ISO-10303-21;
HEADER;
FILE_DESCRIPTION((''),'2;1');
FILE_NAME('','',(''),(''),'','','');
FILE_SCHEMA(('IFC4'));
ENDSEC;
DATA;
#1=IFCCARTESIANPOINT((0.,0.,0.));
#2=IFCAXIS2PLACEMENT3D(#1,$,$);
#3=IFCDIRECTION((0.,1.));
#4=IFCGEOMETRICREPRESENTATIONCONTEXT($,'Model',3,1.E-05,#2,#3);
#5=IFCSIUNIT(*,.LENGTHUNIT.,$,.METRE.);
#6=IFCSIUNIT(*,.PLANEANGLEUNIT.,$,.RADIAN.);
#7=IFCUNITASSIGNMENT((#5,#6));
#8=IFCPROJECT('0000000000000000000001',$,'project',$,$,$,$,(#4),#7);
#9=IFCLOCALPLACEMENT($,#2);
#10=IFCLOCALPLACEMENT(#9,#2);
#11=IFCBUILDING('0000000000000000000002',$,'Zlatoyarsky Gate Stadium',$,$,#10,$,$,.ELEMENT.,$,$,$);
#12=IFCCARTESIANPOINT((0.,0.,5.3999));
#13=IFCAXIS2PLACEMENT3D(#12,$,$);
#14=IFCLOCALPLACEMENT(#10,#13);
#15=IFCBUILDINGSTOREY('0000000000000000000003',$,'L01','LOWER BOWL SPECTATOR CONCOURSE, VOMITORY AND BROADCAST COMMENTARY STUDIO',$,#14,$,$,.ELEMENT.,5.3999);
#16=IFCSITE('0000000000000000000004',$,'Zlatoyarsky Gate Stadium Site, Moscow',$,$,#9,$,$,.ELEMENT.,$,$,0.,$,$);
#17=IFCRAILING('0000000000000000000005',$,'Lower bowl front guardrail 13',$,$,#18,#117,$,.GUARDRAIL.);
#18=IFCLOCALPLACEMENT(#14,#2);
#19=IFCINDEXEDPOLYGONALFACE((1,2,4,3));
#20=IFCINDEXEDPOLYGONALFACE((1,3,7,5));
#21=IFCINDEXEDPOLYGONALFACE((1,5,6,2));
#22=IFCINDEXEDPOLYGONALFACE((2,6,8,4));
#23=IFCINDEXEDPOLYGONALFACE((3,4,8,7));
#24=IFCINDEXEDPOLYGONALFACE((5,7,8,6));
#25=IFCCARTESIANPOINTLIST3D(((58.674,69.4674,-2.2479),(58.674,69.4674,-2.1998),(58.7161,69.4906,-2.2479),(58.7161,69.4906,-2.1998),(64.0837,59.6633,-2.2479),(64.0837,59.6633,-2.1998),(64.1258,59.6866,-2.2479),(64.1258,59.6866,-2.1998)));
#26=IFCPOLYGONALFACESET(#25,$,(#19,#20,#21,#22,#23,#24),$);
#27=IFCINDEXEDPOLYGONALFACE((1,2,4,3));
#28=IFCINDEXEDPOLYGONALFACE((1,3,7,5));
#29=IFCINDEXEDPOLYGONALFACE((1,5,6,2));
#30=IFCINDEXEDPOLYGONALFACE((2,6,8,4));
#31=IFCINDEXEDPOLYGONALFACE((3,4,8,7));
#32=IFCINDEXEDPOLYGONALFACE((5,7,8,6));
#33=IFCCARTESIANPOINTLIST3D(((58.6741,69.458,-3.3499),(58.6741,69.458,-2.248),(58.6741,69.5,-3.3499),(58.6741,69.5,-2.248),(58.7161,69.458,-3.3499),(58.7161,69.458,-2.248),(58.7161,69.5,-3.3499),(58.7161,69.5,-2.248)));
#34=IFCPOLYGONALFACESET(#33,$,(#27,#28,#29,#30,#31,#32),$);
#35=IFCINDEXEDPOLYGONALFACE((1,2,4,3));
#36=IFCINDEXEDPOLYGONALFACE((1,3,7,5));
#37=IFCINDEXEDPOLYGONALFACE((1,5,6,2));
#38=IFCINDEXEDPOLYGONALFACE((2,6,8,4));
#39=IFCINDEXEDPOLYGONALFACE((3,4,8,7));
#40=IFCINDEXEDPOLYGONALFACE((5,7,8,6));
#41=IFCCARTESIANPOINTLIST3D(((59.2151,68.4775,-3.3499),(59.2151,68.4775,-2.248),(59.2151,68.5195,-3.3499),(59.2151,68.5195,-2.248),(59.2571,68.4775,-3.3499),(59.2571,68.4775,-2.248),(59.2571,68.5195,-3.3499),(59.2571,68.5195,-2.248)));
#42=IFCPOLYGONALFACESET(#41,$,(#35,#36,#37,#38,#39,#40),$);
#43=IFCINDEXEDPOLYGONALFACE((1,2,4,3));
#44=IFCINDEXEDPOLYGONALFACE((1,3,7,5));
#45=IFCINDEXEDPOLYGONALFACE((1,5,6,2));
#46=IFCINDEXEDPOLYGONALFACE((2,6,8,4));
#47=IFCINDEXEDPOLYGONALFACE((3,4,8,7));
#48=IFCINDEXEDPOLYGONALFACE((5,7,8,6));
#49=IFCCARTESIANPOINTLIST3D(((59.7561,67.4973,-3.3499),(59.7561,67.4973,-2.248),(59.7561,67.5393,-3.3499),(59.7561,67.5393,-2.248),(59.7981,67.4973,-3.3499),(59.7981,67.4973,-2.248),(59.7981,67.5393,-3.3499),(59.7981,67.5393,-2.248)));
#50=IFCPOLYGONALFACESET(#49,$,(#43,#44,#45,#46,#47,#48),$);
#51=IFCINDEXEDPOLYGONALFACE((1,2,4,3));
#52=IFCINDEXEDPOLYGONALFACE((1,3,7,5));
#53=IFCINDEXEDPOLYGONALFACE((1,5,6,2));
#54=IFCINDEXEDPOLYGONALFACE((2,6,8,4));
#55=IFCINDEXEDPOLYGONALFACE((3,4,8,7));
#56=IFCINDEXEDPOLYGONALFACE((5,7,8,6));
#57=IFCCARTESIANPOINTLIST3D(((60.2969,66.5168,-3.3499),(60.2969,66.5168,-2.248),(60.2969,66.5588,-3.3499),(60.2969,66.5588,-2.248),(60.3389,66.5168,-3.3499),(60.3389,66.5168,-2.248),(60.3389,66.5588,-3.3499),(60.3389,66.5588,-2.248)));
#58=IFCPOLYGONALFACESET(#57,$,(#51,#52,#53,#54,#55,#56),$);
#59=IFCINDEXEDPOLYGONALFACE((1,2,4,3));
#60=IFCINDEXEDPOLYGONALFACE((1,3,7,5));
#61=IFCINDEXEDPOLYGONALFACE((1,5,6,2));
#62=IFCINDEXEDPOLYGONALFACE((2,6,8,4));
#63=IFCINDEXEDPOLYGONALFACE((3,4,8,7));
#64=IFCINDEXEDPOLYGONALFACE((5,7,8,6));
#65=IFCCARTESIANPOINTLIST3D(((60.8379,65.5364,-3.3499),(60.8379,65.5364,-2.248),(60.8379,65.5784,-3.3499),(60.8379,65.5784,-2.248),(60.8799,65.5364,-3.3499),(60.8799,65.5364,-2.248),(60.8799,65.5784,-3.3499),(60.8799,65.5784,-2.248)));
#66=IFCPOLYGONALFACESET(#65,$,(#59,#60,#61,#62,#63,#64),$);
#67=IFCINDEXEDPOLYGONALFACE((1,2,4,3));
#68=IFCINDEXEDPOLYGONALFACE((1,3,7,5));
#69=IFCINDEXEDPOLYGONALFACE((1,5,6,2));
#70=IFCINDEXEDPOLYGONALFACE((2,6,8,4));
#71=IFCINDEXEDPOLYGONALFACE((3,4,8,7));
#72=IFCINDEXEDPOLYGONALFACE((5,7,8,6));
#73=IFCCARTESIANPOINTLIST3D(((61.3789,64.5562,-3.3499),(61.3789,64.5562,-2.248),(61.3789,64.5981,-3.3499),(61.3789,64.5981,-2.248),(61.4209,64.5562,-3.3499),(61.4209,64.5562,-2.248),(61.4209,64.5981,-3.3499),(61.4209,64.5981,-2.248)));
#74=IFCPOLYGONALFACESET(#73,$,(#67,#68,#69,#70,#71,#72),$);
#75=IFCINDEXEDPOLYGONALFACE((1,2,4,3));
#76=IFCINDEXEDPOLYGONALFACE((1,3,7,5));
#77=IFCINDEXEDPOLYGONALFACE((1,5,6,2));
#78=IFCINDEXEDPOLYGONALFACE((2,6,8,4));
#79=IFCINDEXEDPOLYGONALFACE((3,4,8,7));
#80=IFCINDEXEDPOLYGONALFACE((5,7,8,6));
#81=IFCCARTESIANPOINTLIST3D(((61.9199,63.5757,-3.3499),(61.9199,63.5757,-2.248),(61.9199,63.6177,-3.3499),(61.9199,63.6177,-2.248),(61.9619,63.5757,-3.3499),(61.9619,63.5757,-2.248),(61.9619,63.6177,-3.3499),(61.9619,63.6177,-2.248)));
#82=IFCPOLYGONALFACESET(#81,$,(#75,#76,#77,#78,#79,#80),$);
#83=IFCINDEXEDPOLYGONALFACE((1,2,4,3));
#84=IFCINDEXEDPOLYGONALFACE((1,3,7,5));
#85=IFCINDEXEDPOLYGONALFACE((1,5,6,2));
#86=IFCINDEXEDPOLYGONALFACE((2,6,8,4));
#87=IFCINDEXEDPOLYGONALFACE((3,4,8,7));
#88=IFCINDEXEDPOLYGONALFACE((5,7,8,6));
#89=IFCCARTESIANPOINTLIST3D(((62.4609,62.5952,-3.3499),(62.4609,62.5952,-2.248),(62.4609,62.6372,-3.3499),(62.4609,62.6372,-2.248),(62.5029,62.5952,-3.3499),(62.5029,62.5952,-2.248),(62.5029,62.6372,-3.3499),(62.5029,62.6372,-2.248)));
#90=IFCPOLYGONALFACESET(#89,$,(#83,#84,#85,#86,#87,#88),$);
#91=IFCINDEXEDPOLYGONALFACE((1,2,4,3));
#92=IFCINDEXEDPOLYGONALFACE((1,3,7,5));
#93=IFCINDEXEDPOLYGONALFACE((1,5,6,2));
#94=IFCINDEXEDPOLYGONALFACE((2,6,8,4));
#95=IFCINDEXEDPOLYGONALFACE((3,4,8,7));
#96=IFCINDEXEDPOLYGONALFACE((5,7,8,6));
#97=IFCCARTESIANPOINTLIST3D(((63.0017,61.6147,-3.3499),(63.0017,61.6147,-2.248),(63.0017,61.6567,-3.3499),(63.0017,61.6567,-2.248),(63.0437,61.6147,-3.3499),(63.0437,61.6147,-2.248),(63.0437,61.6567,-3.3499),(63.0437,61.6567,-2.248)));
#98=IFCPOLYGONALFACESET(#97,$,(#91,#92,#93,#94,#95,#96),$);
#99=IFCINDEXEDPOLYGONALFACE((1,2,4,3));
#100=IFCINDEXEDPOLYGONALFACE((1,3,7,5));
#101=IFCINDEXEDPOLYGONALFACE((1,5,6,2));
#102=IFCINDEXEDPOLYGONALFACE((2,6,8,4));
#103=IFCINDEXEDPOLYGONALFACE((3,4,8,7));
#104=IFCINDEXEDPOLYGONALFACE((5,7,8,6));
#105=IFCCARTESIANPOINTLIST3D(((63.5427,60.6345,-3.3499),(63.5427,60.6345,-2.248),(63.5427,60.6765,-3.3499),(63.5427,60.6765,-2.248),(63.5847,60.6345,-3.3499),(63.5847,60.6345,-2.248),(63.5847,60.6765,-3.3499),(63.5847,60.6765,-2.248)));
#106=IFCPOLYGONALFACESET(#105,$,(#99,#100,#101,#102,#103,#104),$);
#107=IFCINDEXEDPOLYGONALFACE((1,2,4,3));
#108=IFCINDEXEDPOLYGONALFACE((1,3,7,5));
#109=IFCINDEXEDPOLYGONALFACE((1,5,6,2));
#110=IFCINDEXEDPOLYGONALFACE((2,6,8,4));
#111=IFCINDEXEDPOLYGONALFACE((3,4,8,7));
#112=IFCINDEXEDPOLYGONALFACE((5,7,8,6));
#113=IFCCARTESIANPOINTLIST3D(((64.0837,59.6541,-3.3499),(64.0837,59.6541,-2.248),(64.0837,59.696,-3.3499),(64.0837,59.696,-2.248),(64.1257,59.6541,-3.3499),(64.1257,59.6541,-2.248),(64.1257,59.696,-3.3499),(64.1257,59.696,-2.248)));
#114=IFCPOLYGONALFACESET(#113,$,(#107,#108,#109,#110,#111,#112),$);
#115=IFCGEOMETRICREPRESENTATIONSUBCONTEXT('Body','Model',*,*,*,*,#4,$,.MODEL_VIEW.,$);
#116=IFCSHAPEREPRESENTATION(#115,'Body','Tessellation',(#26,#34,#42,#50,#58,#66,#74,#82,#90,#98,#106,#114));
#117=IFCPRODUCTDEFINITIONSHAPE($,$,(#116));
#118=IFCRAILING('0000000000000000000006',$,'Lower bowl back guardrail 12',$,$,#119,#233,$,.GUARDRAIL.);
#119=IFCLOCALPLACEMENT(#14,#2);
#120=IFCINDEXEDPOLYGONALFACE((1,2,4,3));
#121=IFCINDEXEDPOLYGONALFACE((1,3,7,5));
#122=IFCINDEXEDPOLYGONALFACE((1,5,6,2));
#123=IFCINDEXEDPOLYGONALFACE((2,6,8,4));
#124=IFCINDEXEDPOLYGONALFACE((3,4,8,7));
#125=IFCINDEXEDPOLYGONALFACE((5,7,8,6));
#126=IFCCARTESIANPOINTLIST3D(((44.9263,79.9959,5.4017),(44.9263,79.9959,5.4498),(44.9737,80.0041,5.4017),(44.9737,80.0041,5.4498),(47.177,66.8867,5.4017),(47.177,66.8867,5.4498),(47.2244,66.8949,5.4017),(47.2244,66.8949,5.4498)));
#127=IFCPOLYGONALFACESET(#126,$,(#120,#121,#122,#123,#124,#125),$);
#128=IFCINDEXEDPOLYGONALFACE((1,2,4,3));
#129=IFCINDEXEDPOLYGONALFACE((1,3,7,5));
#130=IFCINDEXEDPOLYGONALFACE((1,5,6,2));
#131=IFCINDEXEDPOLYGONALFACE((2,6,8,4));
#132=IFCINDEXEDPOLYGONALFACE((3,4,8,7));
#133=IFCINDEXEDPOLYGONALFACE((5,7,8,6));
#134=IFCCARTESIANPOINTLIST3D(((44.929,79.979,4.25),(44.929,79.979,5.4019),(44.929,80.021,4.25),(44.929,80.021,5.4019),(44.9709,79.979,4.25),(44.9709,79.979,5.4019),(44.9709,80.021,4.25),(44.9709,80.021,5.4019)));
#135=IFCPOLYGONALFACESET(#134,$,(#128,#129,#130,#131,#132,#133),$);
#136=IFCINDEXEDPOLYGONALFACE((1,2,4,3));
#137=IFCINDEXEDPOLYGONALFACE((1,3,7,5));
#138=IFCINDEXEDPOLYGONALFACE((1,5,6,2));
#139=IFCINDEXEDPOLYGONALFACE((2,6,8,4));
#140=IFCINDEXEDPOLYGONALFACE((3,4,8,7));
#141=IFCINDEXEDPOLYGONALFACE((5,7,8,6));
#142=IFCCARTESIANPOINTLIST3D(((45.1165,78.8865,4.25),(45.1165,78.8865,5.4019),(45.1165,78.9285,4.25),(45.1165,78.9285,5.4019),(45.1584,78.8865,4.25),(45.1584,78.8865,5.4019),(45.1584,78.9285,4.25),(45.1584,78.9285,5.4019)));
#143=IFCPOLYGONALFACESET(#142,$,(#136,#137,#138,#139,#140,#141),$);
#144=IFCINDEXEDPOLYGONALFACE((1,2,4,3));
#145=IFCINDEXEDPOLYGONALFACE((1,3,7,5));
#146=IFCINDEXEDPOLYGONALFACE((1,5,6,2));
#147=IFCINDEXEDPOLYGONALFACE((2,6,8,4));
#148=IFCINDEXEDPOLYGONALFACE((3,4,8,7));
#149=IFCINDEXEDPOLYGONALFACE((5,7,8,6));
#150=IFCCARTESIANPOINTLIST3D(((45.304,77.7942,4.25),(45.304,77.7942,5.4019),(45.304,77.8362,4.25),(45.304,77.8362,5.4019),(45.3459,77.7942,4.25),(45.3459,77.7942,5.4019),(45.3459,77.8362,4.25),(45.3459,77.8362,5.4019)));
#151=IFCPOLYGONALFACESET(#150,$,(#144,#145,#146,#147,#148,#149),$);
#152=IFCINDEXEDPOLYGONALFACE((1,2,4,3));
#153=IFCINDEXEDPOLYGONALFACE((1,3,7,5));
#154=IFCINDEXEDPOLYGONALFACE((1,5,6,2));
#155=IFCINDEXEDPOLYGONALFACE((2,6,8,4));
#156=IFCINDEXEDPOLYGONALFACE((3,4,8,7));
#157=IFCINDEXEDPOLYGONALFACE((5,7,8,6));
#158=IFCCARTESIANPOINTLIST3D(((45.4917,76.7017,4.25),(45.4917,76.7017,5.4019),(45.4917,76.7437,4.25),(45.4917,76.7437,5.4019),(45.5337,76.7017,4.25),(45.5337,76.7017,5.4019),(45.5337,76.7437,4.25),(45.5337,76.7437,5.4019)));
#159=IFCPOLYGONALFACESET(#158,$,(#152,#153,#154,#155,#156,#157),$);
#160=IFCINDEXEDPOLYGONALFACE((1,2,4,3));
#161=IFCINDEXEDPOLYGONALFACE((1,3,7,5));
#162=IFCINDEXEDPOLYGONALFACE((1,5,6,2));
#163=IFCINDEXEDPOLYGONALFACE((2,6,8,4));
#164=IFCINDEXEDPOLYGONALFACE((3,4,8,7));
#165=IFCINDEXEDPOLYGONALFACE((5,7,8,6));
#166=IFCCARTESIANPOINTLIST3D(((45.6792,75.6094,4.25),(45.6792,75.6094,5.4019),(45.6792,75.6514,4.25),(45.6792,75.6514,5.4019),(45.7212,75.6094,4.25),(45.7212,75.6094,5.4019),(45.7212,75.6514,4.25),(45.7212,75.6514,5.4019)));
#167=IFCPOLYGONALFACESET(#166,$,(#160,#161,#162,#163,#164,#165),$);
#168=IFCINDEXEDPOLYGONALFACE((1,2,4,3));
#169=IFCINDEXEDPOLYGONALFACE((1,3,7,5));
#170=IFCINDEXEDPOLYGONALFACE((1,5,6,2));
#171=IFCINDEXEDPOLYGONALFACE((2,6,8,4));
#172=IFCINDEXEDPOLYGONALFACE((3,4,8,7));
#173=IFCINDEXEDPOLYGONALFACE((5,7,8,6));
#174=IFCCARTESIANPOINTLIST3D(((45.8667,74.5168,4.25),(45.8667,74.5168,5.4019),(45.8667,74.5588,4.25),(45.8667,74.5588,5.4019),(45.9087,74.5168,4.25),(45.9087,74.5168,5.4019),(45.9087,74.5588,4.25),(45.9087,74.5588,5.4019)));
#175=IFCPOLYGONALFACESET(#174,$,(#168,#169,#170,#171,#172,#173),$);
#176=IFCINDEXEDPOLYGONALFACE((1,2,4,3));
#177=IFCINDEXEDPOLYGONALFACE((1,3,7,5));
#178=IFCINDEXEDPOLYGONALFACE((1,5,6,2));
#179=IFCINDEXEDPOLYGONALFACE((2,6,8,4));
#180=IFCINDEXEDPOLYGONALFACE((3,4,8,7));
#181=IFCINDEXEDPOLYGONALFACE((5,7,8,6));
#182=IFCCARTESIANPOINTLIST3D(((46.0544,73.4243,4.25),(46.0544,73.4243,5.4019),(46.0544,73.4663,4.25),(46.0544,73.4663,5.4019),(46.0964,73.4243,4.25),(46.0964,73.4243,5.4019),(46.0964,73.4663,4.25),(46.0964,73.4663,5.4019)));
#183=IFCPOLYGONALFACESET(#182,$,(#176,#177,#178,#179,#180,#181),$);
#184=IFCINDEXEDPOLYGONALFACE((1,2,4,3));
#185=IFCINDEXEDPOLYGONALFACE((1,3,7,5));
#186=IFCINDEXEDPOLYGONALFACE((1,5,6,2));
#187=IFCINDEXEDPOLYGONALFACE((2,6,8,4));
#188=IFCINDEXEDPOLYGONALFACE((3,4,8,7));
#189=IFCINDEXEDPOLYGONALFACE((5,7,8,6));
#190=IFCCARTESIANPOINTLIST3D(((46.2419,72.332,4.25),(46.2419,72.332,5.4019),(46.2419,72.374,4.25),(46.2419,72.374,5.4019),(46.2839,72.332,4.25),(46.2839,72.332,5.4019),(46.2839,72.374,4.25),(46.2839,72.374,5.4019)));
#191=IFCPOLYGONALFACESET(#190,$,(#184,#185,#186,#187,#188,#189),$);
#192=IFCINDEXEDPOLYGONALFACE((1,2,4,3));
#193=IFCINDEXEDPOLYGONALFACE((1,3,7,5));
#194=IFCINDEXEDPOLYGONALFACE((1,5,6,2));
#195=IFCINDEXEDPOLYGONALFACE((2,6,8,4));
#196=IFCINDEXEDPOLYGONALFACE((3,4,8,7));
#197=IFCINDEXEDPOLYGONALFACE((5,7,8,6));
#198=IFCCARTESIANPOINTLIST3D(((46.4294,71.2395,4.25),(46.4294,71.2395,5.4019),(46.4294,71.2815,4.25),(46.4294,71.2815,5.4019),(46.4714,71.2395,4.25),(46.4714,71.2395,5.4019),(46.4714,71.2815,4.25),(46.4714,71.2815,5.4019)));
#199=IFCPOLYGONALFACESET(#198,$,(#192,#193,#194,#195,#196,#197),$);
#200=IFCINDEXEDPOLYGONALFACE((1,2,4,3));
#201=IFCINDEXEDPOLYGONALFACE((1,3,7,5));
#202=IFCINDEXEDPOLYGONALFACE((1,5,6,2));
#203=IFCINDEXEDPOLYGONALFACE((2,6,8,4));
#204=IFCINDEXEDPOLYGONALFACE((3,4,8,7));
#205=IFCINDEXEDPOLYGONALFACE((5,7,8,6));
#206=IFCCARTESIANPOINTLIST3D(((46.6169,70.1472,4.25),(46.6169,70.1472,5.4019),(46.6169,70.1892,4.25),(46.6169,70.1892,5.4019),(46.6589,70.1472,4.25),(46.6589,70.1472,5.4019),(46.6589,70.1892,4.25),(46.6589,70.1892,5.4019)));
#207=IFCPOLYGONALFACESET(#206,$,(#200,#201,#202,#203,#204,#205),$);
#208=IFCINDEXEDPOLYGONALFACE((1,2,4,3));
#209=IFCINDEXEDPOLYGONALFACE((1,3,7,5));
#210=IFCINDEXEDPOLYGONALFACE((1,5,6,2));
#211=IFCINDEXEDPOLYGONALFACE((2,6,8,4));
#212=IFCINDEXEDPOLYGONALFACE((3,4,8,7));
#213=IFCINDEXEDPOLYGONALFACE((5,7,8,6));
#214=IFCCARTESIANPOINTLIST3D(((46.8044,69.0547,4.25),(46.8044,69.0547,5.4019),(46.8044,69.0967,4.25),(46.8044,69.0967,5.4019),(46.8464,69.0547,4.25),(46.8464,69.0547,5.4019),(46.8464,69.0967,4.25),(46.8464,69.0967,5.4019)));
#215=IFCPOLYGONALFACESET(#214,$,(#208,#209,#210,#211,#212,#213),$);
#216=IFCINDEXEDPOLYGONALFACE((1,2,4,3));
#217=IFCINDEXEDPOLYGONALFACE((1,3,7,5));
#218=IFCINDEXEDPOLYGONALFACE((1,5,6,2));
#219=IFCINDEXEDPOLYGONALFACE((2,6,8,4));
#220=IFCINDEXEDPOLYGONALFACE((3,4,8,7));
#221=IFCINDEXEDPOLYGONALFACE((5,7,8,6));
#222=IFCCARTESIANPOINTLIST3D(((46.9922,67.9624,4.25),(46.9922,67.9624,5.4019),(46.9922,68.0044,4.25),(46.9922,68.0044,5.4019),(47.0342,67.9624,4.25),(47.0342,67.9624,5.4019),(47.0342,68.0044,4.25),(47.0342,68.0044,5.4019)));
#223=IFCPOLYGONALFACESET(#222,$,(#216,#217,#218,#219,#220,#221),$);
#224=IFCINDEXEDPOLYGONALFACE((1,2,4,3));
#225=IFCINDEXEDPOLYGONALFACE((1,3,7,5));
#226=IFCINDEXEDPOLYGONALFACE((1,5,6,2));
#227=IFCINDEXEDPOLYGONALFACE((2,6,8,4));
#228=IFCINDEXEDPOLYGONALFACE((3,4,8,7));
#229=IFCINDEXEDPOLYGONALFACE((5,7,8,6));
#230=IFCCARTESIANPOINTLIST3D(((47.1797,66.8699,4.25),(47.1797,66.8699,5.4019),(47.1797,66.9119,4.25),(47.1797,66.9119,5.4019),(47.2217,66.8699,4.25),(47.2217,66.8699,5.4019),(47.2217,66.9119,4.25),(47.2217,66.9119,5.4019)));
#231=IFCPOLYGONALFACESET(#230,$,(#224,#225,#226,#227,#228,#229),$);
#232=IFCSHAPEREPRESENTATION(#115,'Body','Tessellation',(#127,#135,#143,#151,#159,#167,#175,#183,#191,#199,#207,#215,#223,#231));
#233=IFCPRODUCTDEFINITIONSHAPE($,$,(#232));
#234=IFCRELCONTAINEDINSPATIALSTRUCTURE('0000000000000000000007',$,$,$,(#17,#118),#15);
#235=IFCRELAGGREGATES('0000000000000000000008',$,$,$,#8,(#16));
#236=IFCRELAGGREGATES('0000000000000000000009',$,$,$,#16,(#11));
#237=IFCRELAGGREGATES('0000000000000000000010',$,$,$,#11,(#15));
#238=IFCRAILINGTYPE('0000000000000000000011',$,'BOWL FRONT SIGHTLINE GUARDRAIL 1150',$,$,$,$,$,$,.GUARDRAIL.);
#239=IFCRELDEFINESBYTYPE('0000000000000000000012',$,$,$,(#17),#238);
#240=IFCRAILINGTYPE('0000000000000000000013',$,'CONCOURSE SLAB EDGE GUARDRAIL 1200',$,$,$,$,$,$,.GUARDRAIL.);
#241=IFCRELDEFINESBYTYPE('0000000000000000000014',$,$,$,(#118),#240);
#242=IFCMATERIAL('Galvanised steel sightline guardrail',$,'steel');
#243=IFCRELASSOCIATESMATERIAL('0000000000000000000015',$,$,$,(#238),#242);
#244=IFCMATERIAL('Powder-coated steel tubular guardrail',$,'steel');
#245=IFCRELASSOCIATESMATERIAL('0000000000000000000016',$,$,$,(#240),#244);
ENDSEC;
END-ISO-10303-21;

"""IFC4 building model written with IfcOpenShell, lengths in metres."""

from ifc_helpers import new_model, si_unit, direction, frame, origin, origin_2d, place, context, subcontext, project, spatial, rectangle, extrude, material, type_object, element, save


model = new_model("IFC4")

# Units and contexts
model_context = context("Model", 3, precision=1e-05, world=origin(), true_north=direction((0.0, 1.0)))
body_context = subcontext(model_context, "Body", "Model", "MODEL_VIEW")
ifc_project = project(units=[si_unit("LENGTHUNIT", "METRE"), si_unit("PLANEANGLEUNIT", "RADIAN")], contexts=[model_context])

# Site, building, storey
site_placement = place(None, origin())
site = spatial("IfcSite", under=ifc_project, at=site_placement, Name="Zlatoyarsky Gate Stadium Site, Moscow", CompositionType="ELEMENT", RefElevation=0.0)
building_placement = place(site_placement, origin())
building = spatial("IfcBuilding", under=site, at=building_placement, Name="Zlatoyarsky Gate Stadium", CompositionType="ELEMENT")
storey_placement = place(building_placement, frame((0.0, 0.0, 5.3999)))
storey = spatial("IfcBuildingStorey", under=building, at=storey_placement, Name="L01", Description="LOWER BOWL SPECTATOR CONCOURSE, VOMITORY AND BROADCAST COMMENTARY STUDIO", CompositionType="ELEMENT", Elevation=5.3999)

# Railings
ifc_material_1 = material(Name="Galvanised steel sightline guardrail", Category="steel")
railing_type_1 = type_object("IfcRailingType", Name="BOWL FRONT SIGHTLINE GUARDRAIL 1150", PredefinedType="GUARDRAIL", material=ifc_material_1)
railing_1_placement = place(storey_placement, frame((58.6951, 69.479, -3.3499)))
element("IfcRailing", 1, at=railing_1_placement, inside=storey, type_object=railing_type_1, Name="Lower bowl front guardrail 13", PredefinedType="GUARDRAIL", context=body_context, shape_type="SweptSolid", body=[
    extrude(rectangle(XDim=0.0481, YDim=0.0481, at=origin_2d()), frame((0.0, 0.0, 1.126), z_axis=(0.483118, -0.875555, 0.0), x_axis=(0.875555, 0.483118, 0.0)), (0.0, 0.0, 1.0), 11.1975),
    extrude(rectangle(XDim=0.042, YDim=0.042, at=origin_2d()), origin(), (0.0, 0.0, 1.0), 1.1018),
    extrude(rectangle(XDim=0.042, YDim=0.042, at=origin_2d()), frame((0.541, -0.9805, 0.0)), (0.0, 0.0, 1.0), 1.1018),
    extrude(rectangle(XDim=0.042, YDim=0.042, at=origin_2d()), frame((1.082, -1.9607, 0.0)), (0.0, 0.0, 1.0), 1.1018),
    extrude(rectangle(XDim=0.042, YDim=0.042, at=origin_2d()), frame((1.6228, -2.9412, 0.0)), (0.0, 0.0, 1.0), 1.1018),
    extrude(rectangle(XDim=0.042, YDim=0.042, at=origin_2d()), frame((2.1638, -3.9216, 0.0)), (0.0, 0.0, 1.0), 1.1018),
    extrude(rectangle(XDim=0.042, YDim=0.042, at=origin_2d()), frame((2.7048, -4.9019, 0.0)), (0.0, 0.0, 1.0), 1.1018),
    extrude(rectangle(XDim=0.042, YDim=0.042, at=origin_2d()), frame((3.2458, -5.8823, 0.0)), (0.0, 0.0, 1.0), 1.1018),
    extrude(rectangle(XDim=0.042, YDim=0.042, at=origin_2d()), frame((3.7869, -6.8628, 0.0)), (0.0, 0.0, 1.0), 1.1018),
    extrude(rectangle(XDim=0.042, YDim=0.042, at=origin_2d()), frame((4.3276, -7.8433, 0.0)), (0.0, 0.0, 1.0), 1.1018),
    extrude(rectangle(XDim=0.042, YDim=0.042, at=origin_2d()), frame((4.8687, -8.8235, 0.0)), (0.0, 0.0, 1.0), 1.1018),
    extrude(rectangle(XDim=0.042, YDim=0.042, at=origin_2d()), frame((5.4097, -9.804, 0.0)), (0.0, 0.0, 1.0), 1.1018),
])
ifc_material_2 = material(Name="Powder-coated steel tubular guardrail", Category="steel")
railing_type_2 = type_object("IfcRailingType", Name="CONCOURSE SLAB EDGE GUARDRAIL 1200", PredefinedType="GUARDRAIL", material=ifc_material_2)
railing_2_placement = place(storey_placement, frame((44.95, 80.0, 4.25)))
element("IfcRailing", 2, at=railing_2_placement, inside=storey, type_object=railing_type_2, Name="Lower bowl back guardrail 12", PredefinedType="GUARDRAIL", context=body_context, shape_type="SweptSolid", body=[
    extrude(rectangle(XDim=0.0481, YDim=0.0481, at=origin_2d()), frame((0.0, 0.0, 1.1758), z_axis=(0.169216, -0.985579, 0.0), x_axis=(0.985579, 0.169216, 0.0)), (0.0, 0.0, 1.0), 13.301),
    extrude(rectangle(XDim=0.042, YDim=0.042, at=origin_2d()), origin(), (0.0, 0.0, 1.0), 1.1519),
    extrude(rectangle(XDim=0.042, YDim=0.042, at=origin_2d()), frame((0.1875, -1.0925, 0.0)), (0.0, 0.0, 1.0), 1.1519),
    extrude(rectangle(XDim=0.042, YDim=0.042, at=origin_2d()), frame((0.375, -2.1848, 0.0)), (0.0, 0.0, 1.0), 1.1519),
    extrude(rectangle(XDim=0.042, YDim=0.042, at=origin_2d()), frame((0.5627, -3.2773, 0.0)), (0.0, 0.0, 1.0), 1.1519),
    extrude(rectangle(XDim=0.042, YDim=0.042, at=origin_2d()), frame((0.7502, -4.3696, 0.0)), (0.0, 0.0, 1.0), 1.1519),
    extrude(rectangle(XDim=0.042, YDim=0.042, at=origin_2d()), frame((0.9377, -5.4622, 0.0)), (0.0, 0.0, 1.0), 1.1519),
    extrude(rectangle(XDim=0.042, YDim=0.042, at=origin_2d()), frame((1.1255, -6.5547, 0.0)), (0.0, 0.0, 1.0), 1.1519),
    extrude(rectangle(XDim=0.042, YDim=0.042, at=origin_2d()), frame((1.313, -7.647, 0.0)), (0.0, 0.0, 1.0), 1.1519),
    extrude(rectangle(XDim=0.042, YDim=0.042, at=origin_2d()), frame((1.5005, -8.7395, 0.0)), (0.0, 0.0, 1.0), 1.1519),
    extrude(rectangle(XDim=0.042, YDim=0.042, at=origin_2d()), frame((1.688, -9.8318, 0.0)), (0.0, 0.0, 1.0), 1.1519),
    extrude(rectangle(XDim=0.042, YDim=0.042, at=origin_2d()), frame((1.8755, -10.9243, 0.0)), (0.0, 0.0, 1.0), 1.1519),
    extrude(rectangle(XDim=0.042, YDim=0.042, at=origin_2d()), frame((2.0632, -12.0166, 0.0)), (0.0, 0.0, 1.0), 1.1519),
    extrude(rectangle(XDim=0.042, YDim=0.042, at=origin_2d()), frame((2.2507, -13.1091, 0.0)), (0.0, 0.0, 1.0), 1.1519),
])

save(model, "model.ifc")
